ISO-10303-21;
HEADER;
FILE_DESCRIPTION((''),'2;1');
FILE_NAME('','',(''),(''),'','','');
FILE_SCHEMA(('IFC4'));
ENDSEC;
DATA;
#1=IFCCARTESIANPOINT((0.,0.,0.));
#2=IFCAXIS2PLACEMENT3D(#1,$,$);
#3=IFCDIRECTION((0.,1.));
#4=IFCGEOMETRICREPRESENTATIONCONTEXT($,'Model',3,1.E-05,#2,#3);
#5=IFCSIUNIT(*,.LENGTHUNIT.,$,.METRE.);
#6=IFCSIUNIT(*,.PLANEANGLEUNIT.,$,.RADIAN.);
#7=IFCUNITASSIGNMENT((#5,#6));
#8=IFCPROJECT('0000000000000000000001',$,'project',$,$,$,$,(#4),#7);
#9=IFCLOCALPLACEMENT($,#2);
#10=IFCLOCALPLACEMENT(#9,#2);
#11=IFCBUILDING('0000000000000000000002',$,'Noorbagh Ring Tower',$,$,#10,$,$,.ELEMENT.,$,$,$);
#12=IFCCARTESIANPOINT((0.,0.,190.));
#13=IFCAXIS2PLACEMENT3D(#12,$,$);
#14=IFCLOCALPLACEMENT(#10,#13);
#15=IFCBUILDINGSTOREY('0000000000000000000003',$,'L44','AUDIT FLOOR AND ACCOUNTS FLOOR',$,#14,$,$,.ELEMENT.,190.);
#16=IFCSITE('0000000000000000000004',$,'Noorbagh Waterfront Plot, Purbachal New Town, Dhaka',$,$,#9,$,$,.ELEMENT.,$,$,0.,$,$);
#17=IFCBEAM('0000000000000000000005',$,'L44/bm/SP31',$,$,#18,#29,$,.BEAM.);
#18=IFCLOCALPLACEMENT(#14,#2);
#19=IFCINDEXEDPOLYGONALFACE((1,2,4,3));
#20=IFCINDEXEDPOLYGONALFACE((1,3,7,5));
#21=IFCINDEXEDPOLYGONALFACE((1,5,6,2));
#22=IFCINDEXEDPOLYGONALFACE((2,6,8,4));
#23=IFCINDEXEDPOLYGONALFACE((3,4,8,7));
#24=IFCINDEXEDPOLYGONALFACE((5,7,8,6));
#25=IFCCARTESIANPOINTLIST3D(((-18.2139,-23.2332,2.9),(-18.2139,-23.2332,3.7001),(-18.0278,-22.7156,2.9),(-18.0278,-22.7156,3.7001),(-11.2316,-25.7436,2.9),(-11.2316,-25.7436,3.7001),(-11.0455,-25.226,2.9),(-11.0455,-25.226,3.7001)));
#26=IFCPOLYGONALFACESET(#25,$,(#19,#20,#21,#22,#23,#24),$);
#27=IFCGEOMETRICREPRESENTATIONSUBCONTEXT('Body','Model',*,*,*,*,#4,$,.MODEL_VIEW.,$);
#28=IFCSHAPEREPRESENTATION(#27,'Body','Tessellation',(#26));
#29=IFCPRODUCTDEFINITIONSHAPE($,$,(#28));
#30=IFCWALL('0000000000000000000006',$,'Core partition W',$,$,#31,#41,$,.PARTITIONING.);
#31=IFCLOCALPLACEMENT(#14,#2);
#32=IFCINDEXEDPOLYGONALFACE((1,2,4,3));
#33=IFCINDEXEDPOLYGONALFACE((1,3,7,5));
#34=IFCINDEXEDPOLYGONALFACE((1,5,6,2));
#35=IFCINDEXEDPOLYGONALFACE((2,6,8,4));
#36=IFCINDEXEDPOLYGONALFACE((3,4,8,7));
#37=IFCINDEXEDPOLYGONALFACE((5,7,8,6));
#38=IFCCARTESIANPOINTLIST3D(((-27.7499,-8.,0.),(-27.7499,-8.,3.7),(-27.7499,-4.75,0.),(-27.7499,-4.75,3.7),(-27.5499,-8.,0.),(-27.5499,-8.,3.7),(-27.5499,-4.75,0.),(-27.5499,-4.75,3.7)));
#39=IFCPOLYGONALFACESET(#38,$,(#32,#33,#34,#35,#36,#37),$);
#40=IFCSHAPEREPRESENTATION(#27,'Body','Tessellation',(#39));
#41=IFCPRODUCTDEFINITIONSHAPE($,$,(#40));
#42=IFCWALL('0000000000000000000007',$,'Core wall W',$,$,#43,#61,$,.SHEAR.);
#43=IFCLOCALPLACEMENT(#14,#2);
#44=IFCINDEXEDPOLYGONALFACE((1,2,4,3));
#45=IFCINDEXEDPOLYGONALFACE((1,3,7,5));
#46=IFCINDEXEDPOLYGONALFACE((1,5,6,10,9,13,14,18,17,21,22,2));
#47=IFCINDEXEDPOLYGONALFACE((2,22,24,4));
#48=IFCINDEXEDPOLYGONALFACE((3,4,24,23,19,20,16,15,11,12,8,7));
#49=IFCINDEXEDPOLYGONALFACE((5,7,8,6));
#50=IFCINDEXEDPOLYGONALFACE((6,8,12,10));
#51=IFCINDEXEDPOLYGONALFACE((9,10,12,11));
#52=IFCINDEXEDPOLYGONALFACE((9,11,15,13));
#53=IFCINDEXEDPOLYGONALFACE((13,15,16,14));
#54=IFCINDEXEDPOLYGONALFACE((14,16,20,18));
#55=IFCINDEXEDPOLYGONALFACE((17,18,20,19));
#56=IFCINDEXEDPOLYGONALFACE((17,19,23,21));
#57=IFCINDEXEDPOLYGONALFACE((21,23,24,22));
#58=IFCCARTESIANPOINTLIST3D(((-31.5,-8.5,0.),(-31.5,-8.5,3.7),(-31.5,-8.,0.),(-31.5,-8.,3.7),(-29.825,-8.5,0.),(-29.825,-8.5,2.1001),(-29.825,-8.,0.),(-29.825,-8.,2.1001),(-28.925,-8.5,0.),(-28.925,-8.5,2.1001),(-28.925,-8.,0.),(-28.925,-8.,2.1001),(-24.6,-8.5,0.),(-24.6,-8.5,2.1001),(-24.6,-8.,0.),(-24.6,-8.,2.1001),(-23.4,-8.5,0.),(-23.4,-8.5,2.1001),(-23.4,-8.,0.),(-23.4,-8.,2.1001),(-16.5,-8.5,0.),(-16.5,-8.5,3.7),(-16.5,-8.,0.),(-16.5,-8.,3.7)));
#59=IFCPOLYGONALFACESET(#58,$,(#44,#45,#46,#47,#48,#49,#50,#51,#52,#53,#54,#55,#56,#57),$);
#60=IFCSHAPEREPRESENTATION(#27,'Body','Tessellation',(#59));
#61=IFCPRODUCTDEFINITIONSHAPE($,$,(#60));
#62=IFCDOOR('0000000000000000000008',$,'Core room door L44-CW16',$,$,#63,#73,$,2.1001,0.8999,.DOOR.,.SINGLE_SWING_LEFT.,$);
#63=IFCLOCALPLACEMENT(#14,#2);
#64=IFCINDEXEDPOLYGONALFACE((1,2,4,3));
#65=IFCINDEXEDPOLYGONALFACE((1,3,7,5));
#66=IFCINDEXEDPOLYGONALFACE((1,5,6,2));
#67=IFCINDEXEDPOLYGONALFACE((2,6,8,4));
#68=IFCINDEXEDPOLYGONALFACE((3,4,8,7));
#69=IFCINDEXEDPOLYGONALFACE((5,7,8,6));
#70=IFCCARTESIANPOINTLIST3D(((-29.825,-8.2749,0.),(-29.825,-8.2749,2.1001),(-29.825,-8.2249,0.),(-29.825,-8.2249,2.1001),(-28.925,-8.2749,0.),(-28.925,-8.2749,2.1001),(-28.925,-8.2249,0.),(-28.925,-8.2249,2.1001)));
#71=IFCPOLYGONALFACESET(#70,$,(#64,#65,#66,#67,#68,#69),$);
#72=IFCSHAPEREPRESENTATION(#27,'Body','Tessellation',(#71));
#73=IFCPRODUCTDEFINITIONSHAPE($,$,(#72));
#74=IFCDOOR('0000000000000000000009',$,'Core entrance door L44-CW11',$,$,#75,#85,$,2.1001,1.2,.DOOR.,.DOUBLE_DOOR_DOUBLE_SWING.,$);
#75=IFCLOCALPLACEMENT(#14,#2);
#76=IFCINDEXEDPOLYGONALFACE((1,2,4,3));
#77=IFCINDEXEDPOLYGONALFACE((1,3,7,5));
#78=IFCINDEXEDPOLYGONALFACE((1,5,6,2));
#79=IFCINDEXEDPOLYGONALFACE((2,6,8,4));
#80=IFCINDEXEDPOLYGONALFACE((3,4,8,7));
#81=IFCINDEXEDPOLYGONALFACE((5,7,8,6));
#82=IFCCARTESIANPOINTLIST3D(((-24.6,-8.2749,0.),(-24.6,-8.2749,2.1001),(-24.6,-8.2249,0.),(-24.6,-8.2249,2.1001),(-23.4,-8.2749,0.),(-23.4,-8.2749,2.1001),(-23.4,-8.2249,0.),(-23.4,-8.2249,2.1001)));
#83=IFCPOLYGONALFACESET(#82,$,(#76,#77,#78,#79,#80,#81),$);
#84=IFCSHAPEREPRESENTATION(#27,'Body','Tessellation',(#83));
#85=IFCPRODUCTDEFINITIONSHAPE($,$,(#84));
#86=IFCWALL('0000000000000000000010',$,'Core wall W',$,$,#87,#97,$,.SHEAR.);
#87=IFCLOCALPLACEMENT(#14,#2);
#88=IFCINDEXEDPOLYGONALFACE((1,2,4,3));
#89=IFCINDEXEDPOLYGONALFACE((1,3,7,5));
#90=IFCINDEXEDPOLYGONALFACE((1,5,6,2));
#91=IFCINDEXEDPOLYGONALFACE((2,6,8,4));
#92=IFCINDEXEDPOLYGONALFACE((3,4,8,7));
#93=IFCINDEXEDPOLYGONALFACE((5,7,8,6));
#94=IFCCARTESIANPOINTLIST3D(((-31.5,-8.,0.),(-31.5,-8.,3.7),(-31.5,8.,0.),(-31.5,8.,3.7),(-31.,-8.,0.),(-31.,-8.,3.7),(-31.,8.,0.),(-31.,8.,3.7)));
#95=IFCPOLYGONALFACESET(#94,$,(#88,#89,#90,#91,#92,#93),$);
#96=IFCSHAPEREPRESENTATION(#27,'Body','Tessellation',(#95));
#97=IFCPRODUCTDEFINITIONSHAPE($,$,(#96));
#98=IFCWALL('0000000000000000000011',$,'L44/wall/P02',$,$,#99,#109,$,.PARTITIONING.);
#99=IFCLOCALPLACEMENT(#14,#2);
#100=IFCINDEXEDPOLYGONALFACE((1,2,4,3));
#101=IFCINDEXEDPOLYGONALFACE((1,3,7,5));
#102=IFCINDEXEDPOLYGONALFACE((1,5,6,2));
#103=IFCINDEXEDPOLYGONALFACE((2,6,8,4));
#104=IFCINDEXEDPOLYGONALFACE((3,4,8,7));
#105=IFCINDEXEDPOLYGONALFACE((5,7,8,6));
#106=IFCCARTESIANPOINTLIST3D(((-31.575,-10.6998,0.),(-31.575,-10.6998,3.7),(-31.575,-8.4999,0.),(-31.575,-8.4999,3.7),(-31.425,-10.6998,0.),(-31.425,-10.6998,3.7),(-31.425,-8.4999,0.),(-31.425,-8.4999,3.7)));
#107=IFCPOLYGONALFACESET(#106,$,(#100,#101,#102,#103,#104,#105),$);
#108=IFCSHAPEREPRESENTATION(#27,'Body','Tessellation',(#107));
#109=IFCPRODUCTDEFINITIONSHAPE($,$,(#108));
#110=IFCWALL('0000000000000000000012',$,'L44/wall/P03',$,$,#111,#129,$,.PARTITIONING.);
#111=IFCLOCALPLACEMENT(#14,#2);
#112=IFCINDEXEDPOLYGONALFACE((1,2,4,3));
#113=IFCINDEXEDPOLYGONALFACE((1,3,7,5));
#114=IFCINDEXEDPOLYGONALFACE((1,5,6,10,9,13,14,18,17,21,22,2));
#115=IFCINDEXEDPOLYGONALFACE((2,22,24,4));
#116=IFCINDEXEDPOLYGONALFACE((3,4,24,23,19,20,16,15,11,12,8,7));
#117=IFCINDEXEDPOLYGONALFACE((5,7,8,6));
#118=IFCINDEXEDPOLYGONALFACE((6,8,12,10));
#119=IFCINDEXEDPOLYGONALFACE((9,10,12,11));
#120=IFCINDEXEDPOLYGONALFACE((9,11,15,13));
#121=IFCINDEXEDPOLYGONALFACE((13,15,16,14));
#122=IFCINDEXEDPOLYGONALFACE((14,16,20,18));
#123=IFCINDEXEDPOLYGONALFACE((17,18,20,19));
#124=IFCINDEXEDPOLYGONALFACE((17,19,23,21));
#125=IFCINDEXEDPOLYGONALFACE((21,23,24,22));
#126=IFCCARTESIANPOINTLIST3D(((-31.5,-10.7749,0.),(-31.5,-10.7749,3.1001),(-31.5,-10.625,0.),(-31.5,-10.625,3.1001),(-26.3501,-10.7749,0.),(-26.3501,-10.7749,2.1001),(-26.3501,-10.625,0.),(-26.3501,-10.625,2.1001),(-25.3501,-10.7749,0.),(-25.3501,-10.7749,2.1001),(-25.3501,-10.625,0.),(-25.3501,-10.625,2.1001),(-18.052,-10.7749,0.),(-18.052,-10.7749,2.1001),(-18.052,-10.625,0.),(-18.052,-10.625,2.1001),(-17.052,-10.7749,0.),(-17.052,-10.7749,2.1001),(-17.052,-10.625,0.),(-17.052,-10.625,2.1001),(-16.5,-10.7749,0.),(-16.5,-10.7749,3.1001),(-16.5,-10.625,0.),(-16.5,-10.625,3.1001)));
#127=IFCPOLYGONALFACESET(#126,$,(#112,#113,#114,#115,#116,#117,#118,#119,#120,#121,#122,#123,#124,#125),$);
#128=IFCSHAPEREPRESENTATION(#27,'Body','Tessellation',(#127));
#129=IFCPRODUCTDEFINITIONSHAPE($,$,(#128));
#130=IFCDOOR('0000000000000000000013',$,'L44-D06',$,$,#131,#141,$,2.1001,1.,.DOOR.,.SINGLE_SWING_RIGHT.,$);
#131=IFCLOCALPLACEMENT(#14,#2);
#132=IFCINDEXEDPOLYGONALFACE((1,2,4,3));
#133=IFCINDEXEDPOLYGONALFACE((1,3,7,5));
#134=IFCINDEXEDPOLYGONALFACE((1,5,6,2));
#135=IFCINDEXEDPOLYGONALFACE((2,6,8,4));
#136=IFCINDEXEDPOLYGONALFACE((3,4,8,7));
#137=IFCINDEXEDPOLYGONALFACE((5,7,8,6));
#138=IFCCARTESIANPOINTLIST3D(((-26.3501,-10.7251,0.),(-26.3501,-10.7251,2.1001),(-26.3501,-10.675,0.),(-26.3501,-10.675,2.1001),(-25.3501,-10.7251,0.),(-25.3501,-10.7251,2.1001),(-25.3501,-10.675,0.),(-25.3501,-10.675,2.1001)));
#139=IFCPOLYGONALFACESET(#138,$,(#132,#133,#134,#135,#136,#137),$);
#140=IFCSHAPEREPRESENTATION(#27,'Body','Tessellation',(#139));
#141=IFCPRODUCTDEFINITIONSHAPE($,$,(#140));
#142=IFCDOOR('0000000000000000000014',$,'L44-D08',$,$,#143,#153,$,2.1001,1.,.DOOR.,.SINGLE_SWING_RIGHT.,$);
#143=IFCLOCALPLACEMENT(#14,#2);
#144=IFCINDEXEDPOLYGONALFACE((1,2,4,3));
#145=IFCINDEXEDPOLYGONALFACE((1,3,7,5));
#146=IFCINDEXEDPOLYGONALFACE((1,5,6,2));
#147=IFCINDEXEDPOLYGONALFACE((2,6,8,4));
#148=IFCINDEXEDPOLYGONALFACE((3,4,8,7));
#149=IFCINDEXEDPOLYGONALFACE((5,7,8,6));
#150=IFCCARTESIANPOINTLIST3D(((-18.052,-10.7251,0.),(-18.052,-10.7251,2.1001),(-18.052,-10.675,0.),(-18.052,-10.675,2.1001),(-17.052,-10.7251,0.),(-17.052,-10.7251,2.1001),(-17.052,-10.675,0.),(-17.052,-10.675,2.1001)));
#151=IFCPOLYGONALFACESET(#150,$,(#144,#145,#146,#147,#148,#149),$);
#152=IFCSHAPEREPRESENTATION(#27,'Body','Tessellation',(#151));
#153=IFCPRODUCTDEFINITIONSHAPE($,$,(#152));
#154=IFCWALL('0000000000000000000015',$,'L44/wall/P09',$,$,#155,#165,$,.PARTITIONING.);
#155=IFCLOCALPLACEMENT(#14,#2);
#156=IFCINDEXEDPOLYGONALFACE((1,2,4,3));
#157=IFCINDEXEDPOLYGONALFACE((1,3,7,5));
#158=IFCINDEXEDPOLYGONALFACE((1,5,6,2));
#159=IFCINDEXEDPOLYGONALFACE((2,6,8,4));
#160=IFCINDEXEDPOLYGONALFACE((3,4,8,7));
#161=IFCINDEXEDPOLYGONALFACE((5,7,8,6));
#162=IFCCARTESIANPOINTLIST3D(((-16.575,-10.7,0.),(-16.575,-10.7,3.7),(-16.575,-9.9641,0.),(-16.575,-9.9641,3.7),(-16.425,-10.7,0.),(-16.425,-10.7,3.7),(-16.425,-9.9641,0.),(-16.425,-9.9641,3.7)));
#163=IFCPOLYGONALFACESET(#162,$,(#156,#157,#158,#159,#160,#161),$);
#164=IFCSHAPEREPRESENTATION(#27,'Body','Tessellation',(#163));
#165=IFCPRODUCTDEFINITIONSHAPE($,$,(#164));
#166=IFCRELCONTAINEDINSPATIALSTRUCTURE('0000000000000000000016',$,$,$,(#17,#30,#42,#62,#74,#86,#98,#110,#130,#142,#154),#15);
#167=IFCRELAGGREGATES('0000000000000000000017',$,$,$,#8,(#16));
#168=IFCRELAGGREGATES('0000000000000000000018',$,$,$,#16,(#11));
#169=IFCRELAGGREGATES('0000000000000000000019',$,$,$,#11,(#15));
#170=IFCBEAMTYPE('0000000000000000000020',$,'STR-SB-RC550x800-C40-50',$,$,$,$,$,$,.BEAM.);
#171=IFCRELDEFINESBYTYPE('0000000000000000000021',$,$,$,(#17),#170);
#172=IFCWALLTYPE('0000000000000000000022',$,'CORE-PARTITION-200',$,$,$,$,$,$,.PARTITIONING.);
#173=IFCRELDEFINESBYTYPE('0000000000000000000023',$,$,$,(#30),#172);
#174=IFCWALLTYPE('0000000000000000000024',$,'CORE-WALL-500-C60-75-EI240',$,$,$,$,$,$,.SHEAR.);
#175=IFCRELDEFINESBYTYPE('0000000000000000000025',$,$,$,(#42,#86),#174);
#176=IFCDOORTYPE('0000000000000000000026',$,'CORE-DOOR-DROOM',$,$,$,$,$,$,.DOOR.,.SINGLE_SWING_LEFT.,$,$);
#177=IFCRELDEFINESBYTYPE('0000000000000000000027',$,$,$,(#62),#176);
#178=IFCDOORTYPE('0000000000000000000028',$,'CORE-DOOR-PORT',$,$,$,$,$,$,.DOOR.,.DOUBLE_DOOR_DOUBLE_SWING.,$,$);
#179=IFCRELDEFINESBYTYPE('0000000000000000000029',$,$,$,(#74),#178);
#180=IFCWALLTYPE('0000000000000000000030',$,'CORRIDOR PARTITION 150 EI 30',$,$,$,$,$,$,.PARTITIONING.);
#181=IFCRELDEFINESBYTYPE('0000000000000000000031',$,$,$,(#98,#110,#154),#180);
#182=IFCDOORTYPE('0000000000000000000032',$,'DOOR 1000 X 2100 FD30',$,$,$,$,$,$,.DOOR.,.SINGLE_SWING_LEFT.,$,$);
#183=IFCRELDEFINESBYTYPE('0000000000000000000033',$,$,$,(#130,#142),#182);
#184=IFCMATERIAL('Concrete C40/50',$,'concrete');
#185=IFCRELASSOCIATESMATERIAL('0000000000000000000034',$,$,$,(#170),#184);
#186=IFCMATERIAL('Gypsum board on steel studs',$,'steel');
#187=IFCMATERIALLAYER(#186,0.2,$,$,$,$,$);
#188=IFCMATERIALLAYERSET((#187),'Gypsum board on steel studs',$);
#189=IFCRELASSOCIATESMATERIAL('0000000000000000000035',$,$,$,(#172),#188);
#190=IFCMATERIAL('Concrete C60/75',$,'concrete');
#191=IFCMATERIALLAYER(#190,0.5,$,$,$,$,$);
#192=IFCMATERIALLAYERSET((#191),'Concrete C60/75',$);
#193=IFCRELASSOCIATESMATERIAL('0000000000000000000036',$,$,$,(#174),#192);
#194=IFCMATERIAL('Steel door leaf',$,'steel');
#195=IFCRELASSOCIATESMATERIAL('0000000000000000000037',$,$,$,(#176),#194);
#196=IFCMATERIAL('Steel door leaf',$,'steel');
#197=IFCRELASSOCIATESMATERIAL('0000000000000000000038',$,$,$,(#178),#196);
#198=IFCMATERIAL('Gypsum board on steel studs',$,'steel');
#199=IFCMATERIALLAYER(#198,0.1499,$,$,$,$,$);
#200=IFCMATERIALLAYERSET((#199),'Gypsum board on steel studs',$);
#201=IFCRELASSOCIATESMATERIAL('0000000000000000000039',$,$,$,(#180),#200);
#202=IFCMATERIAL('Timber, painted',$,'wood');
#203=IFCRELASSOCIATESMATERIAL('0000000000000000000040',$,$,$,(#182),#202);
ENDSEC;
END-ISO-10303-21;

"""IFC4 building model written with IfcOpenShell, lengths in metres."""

from ifc_helpers import new_model, si_unit, direction, frame, frame_2d, origin, origin_2d, place, context, subcontext, project, spatial, rectangle, extrude, material, layer, layer_set, material_profile, profile_set, type_object, element, fill, save


model = new_model("IFC4")

# Units and contexts
model_context = context("Model", 3, precision=1e-05, world=origin(), true_north=direction((0.0, 1.0)))
body_context = subcontext(model_context, "Body", "Model", "MODEL_VIEW")
ifc_project = project(units=[si_unit("LENGTHUNIT", "METRE"), si_unit("PLANEANGLEUNIT", "RADIAN")], contexts=[model_context])

# Site, building, storey
site_placement = place(None, origin())
site = spatial("IfcSite", under=ifc_project, at=site_placement, Name="Noorbagh Waterfront Plot, Purbachal New Town, Dhaka", CompositionType="ELEMENT", RefElevation=0.0)
building_placement = place(site_placement, origin())
building = spatial("IfcBuilding", under=site, at=building_placement, Name="Noorbagh Ring Tower", CompositionType="ELEMENT")
storey_placement = place(building_placement, frame((0.0, 0.0, 190.0)))
storey = spatial("IfcBuildingStorey", under=building, at=storey_placement, Name="L44", Description="AUDIT FLOOR AND ACCOUNTS FLOOR", CompositionType="ELEMENT", Elevation=190.0)

# Beam
ifc_material_1 = material(Name="Concrete C40/50", Category="concrete")
ifc_material_profile_1 = material_profile(ifc_material_1, rectangle(XDim=0.55, YDim=0.8, at=origin_2d()), Name="RC550x800")
ifc_profile_set_1 = profile_set([ifc_material_profile_1], Name="Concrete C40/50")
beam_type_1 = type_object("IfcBeamType", Name="STR-SB-RC550x800-C40-50", PredefinedType="BEAM", material=ifc_profile_set_1)
beam_1_placement = place(storey_placement, frame((-18.1208, -22.9744, 3.3), z_axis=(0.941024, -0.338341, 0.0), x_axis=(0.338341, 0.941024, 0.0)))
element("IfcBeam", 1, at=beam_1_placement, inside=storey, type_object=beam_type_1, Name="L44/bm/SP31", PredefinedType="BEAM", context=body_context, shape_type="SweptSolid", body=[
    extrude(rectangle(XDim=0.55, YDim=0.8, at=origin_2d()), origin(), (0.0, 0.0, 1.0), 7.4199),
])

# Wall
ifc_material_2 = material(Name="Gypsum board on steel studs", Category="steel")
ifc_layer_1 = layer(ifc_material_2, 0.2)
ifc_layer_set_1 = layer_set([ifc_layer_1], Name="Gypsum board on steel studs")
wall_type_1 = type_object("IfcWallType", Name="CORE-PARTITION-200", PredefinedType="PARTITIONING", material=ifc_layer_set_1)
wall_1_placement = place(storey_placement, frame((-27.6499, -8.0, 0.0), z_axis=(0.0, 0.0, 1.0), x_axis=(0.0, 1.0, 0.0)))
element("IfcWall", 2, at=wall_1_placement, inside=storey, type_object=wall_type_1, Name="Core partition W", PredefinedType="PARTITIONING", context=body_context, shape_type="SweptSolid", body=[
    extrude(rectangle(XDim=3.25, YDim=0.2, at=frame_2d((1.625, 0.0))), origin(), (0.0, 0.0, 1.0), 3.7),
])

# Wall, openings, doors
ifc_material_3 = material(Name="Concrete C60/75", Category="concrete")
ifc_layer_2 = layer(ifc_material_3, 0.5)
ifc_layer_set_2 = layer_set([ifc_layer_2], Name="Concrete C60/75")
wall_type_2 = type_object("IfcWallType", Name="CORE-WALL-500-C60-75-EI240", PredefinedType="SHEAR", material=ifc_layer_set_2)
wall_2_placement = place(storey_placement, frame((-16.5, -8.25, 0.0), z_axis=(0.0, 0.0, 1.0), x_axis=(-1.0, 0.0, 0.0)))
wall_2 = element("IfcWall", 3, at=wall_2_placement, inside=storey, type_object=wall_type_2, Name="Core wall W", PredefinedType="SHEAR", context=body_context, shape_type="SweptSolid", body=[
    extrude(rectangle(XDim=15.0, YDim=0.5, at=frame_2d((7.5, 0.0))), origin(), (0.0, 0.0, 1.0), 3.7),
])
opening_1_placement = place(wall_2_placement, frame((6.8999, 0.0, 0.0)))
opening_1 = element("IfcOpeningElement", 4, at=opening_1_placement, cuts=wall_2, PredefinedType="OPENING", context=body_context, shape_type="SweptSolid", body=[
    extrude(rectangle(XDim=1.2, YDim=2.1001, at=frame_2d((0.6001, 1.05))), frame((0.0, 0.26, 0.0), z_axis=(0.0, -1.0, 0.0), x_axis=(1.0, 0.0, 0.0)), (0.0, 0.0, 1.0), 0.52),
])
opening_2_placement = place(wall_2_placement, frame((12.425, 0.0, 0.0)))
opening_2 = element("IfcOpeningElement", 5, at=opening_2_placement, cuts=wall_2, PredefinedType="OPENING", context=body_context, shape_type="SweptSolid", body=[
    extrude(rectangle(XDim=0.8999, YDim=2.1001, at=frame_2d((0.45, 1.05))), frame((0.0, 0.26, 0.0), z_axis=(0.0, -1.0, 0.0), x_axis=(1.0, 0.0, 0.0)), (0.0, 0.0, 1.0), 0.52),
])
ifc_material_4 = material(Name="Steel door leaf", Category="steel")
door_type_1 = type_object("IfcDoorType", Name="CORE-DOOR-DROOM", OperationType="SINGLE_SWING_LEFT", PredefinedType="DOOR", material=ifc_material_4)
door_1_placement = place(opening_2_placement, origin())
door_1 = element("IfcDoor", 6, at=door_1_placement, inside=storey, type_object=door_type_1, Name="Core room door L44-CW16", OperationType="SINGLE_SWING_LEFT", OverallHeight=2.1001, OverallWidth=0.8999, PredefinedType="DOOR", context=body_context, shape_type="SweptSolid", body=[
    extrude(rectangle(XDim=0.8999, YDim=2.1001, at=frame_2d((0.45, 1.05))), frame((0.0, 0.0249, 0.0), z_axis=(0.0, -1.0, 0.0), x_axis=(1.0, 0.0, 0.0)), (0.0, 0.0, 1.0), 0.05),
])
fill(opening_2, door_1)
ifc_material_5 = material(Name="Steel door leaf", Category="steel")
door_type_2 = type_object("IfcDoorType", Name="CORE-DOOR-PORT", OperationType="DOUBLE_DOOR_DOUBLE_SWING", PredefinedType="DOOR", material=ifc_material_5)
door_2_placement = place(opening_1_placement, origin())
door_2 = element("IfcDoor", 7, at=door_2_placement, inside=storey, type_object=door_type_2, Name="Core entrance door L44-CW11", OperationType="DOUBLE_DOOR_DOUBLE_SWING", OverallHeight=2.1001, OverallWidth=1.2, PredefinedType="DOOR", context=body_context, shape_type="SweptSolid", body=[
    extrude(rectangle(XDim=1.2, YDim=2.1001, at=frame_2d((0.6001, 1.05))), frame((0.0, 0.0249, 0.0), z_axis=(0.0, -1.0, 0.0), x_axis=(1.0, 0.0, 0.0)), (0.0, 0.0, 1.0), 0.05),
])
fill(opening_1, door_2)

# Walls
wall_3_placement = place(storey_placement, frame((-31.25, -8.0, 0.0), z_axis=(0.0, 0.0, 1.0), x_axis=(0.0, 1.0, 0.0)))
element("IfcWall", 8, at=wall_3_placement, inside=storey, type_object=wall_type_2, Name="Core wall W", PredefinedType="SHEAR", context=body_context, shape_type="SweptSolid", body=[
    extrude(rectangle(XDim=16.0, YDim=0.5, at=frame_2d((8.0, 0.0))), origin(), (0.0, 0.0, 1.0), 3.7),
])
ifc_material_6 = material(Name="Gypsum board on steel studs", Category="steel")
ifc_layer_3 = layer(ifc_material_6, 0.1499)
ifc_layer_set_3 = layer_set([ifc_layer_3], Name="Gypsum board on steel studs")
wall_type_3 = type_object("IfcWallType", Name="CORRIDOR PARTITION 150 EI 30", PredefinedType="PARTITIONING", material=ifc_layer_set_3)
wall_4_placement = place(storey_placement, frame((-31.5, -10.7, 0.0), z_axis=(0.0, 0.0, 1.0), x_axis=(0.0, 1.0, 0.0)))
element("IfcWall", 9, at=wall_4_placement, inside=storey, type_object=wall_type_3, Name="L44/wall/P02", PredefinedType="PARTITIONING", context=body_context, shape_type="SweptSolid", body=[
    extrude(rectangle(XDim=2.2, YDim=0.1499, at=frame_2d((1.1001, 0.0))), origin(), (0.0, 0.0, 1.0), 3.7),
])

# Wall, openings, doors
wall_5_placement = place(storey_placement, frame((-31.5, -10.7, 0.0), z_axis=(0.0, 0.0, 1.0), x_axis=(1.0, 0.0, 0.0)))
wall_5 = element("IfcWall", 10, at=wall_5_placement, inside=storey, type_object=wall_type_3, Name="L44/wall/P03", PredefinedType="PARTITIONING", context=body_context, shape_type="SweptSolid", body=[
    extrude(rectangle(XDim=15.0, YDim=0.1499, at=frame_2d((7.5, 0.0))), origin(), (0.0, 0.0, 1.0), 3.1001),
])
opening_3_placement = place(wall_5_placement, frame((5.1499, 0.0, 0.0)))
opening_3 = element("IfcOpeningElement", 11, at=opening_3_placement, cuts=wall_5, PredefinedType="OPENING", context=body_context, shape_type="SweptSolid", body=[
    extrude(rectangle(XDim=1.0, YDim=2.1001, at=frame_2d((0.5, 1.05))), frame((0.0, 0.085, 0.0), z_axis=(0.0, -1.0, 0.0), x_axis=(1.0, 0.0, 0.0)), (0.0, 0.0, 1.0), 0.1699),
])
opening_4_placement = place(wall_5_placement, frame((13.448, 0.0, 0.0)))
opening_4 = element("IfcOpeningElement", 12, at=opening_4_placement, cuts=wall_5, PredefinedType="OPENING", context=body_context, shape_type="SweptSolid", body=[
    extrude(rectangle(XDim=1.0, YDim=2.1001, at=frame_2d((0.5, 1.05))), frame((0.0, 0.085, 0.0), z_axis=(0.0, -1.0, 0.0), x_axis=(1.0, 0.0, 0.0)), (0.0, 0.0, 1.0), 0.1699),
])
ifc_material_7 = material(Name="Timber, painted", Category="wood")
door_type_3 = type_object("IfcDoorType", Name="DOOR 1000 X 2100 FD30", OperationType="SINGLE_SWING_LEFT", PredefinedType="DOOR", material=ifc_material_7)
door_3_placement = place(opening_3_placement, origin())
door_3 = element("IfcDoor", 13, at=door_3_placement, inside=storey, type_object=door_type_3, Name="L44-D06", OperationType="SINGLE_SWING_RIGHT", OverallHeight=2.1001, OverallWidth=1.0, PredefinedType="DOOR", context=body_context, shape_type="SweptSolid", body=[
    extrude(rectangle(XDim=1.0, YDim=2.1001, at=frame_2d((0.5, 1.05))), frame((0.0, 0.0249, 0.0), z_axis=(0.0, -1.0, 0.0), x_axis=(1.0, 0.0, 0.0)), (0.0, 0.0, 1.0), 0.05),
])
fill(opening_3, door_3)
door_4_placement = place(opening_4_placement, origin())
door_4 = element("IfcDoor", 14, at=door_4_placement, inside=storey, type_object=door_type_3, Name="L44-D08", OperationType="SINGLE_SWING_RIGHT", OverallHeight=2.1001, OverallWidth=1.0, PredefinedType="DOOR", context=body_context, shape_type="SweptSolid", body=[
    extrude(rectangle(XDim=1.0, YDim=2.1001, at=frame_2d((0.5, 1.05))), frame((0.0, 0.0249, 0.0), z_axis=(0.0, -1.0, 0.0), x_axis=(1.0, 0.0, 0.0)), (0.0, 0.0, 1.0), 0.05),
])
fill(opening_4, door_4)

# Wall
wall_6_placement = place(storey_placement, frame((-16.5, -10.7, 0.0), z_axis=(0.0, 0.0, 1.0), x_axis=(0.0, 1.0, 0.0)))
element("IfcWall", 15, at=wall_6_placement, inside=storey, type_object=wall_type_3, Name="L44/wall/P09", PredefinedType="PARTITIONING", context=body_context, shape_type="SweptSolid", body=[
    extrude(rectangle(XDim=0.7358, YDim=0.1499, at=frame_2d((0.3679, 0.0))), origin(), (0.0, 0.0, 1.0), 3.7),
])

save(model, "model.ifc")
